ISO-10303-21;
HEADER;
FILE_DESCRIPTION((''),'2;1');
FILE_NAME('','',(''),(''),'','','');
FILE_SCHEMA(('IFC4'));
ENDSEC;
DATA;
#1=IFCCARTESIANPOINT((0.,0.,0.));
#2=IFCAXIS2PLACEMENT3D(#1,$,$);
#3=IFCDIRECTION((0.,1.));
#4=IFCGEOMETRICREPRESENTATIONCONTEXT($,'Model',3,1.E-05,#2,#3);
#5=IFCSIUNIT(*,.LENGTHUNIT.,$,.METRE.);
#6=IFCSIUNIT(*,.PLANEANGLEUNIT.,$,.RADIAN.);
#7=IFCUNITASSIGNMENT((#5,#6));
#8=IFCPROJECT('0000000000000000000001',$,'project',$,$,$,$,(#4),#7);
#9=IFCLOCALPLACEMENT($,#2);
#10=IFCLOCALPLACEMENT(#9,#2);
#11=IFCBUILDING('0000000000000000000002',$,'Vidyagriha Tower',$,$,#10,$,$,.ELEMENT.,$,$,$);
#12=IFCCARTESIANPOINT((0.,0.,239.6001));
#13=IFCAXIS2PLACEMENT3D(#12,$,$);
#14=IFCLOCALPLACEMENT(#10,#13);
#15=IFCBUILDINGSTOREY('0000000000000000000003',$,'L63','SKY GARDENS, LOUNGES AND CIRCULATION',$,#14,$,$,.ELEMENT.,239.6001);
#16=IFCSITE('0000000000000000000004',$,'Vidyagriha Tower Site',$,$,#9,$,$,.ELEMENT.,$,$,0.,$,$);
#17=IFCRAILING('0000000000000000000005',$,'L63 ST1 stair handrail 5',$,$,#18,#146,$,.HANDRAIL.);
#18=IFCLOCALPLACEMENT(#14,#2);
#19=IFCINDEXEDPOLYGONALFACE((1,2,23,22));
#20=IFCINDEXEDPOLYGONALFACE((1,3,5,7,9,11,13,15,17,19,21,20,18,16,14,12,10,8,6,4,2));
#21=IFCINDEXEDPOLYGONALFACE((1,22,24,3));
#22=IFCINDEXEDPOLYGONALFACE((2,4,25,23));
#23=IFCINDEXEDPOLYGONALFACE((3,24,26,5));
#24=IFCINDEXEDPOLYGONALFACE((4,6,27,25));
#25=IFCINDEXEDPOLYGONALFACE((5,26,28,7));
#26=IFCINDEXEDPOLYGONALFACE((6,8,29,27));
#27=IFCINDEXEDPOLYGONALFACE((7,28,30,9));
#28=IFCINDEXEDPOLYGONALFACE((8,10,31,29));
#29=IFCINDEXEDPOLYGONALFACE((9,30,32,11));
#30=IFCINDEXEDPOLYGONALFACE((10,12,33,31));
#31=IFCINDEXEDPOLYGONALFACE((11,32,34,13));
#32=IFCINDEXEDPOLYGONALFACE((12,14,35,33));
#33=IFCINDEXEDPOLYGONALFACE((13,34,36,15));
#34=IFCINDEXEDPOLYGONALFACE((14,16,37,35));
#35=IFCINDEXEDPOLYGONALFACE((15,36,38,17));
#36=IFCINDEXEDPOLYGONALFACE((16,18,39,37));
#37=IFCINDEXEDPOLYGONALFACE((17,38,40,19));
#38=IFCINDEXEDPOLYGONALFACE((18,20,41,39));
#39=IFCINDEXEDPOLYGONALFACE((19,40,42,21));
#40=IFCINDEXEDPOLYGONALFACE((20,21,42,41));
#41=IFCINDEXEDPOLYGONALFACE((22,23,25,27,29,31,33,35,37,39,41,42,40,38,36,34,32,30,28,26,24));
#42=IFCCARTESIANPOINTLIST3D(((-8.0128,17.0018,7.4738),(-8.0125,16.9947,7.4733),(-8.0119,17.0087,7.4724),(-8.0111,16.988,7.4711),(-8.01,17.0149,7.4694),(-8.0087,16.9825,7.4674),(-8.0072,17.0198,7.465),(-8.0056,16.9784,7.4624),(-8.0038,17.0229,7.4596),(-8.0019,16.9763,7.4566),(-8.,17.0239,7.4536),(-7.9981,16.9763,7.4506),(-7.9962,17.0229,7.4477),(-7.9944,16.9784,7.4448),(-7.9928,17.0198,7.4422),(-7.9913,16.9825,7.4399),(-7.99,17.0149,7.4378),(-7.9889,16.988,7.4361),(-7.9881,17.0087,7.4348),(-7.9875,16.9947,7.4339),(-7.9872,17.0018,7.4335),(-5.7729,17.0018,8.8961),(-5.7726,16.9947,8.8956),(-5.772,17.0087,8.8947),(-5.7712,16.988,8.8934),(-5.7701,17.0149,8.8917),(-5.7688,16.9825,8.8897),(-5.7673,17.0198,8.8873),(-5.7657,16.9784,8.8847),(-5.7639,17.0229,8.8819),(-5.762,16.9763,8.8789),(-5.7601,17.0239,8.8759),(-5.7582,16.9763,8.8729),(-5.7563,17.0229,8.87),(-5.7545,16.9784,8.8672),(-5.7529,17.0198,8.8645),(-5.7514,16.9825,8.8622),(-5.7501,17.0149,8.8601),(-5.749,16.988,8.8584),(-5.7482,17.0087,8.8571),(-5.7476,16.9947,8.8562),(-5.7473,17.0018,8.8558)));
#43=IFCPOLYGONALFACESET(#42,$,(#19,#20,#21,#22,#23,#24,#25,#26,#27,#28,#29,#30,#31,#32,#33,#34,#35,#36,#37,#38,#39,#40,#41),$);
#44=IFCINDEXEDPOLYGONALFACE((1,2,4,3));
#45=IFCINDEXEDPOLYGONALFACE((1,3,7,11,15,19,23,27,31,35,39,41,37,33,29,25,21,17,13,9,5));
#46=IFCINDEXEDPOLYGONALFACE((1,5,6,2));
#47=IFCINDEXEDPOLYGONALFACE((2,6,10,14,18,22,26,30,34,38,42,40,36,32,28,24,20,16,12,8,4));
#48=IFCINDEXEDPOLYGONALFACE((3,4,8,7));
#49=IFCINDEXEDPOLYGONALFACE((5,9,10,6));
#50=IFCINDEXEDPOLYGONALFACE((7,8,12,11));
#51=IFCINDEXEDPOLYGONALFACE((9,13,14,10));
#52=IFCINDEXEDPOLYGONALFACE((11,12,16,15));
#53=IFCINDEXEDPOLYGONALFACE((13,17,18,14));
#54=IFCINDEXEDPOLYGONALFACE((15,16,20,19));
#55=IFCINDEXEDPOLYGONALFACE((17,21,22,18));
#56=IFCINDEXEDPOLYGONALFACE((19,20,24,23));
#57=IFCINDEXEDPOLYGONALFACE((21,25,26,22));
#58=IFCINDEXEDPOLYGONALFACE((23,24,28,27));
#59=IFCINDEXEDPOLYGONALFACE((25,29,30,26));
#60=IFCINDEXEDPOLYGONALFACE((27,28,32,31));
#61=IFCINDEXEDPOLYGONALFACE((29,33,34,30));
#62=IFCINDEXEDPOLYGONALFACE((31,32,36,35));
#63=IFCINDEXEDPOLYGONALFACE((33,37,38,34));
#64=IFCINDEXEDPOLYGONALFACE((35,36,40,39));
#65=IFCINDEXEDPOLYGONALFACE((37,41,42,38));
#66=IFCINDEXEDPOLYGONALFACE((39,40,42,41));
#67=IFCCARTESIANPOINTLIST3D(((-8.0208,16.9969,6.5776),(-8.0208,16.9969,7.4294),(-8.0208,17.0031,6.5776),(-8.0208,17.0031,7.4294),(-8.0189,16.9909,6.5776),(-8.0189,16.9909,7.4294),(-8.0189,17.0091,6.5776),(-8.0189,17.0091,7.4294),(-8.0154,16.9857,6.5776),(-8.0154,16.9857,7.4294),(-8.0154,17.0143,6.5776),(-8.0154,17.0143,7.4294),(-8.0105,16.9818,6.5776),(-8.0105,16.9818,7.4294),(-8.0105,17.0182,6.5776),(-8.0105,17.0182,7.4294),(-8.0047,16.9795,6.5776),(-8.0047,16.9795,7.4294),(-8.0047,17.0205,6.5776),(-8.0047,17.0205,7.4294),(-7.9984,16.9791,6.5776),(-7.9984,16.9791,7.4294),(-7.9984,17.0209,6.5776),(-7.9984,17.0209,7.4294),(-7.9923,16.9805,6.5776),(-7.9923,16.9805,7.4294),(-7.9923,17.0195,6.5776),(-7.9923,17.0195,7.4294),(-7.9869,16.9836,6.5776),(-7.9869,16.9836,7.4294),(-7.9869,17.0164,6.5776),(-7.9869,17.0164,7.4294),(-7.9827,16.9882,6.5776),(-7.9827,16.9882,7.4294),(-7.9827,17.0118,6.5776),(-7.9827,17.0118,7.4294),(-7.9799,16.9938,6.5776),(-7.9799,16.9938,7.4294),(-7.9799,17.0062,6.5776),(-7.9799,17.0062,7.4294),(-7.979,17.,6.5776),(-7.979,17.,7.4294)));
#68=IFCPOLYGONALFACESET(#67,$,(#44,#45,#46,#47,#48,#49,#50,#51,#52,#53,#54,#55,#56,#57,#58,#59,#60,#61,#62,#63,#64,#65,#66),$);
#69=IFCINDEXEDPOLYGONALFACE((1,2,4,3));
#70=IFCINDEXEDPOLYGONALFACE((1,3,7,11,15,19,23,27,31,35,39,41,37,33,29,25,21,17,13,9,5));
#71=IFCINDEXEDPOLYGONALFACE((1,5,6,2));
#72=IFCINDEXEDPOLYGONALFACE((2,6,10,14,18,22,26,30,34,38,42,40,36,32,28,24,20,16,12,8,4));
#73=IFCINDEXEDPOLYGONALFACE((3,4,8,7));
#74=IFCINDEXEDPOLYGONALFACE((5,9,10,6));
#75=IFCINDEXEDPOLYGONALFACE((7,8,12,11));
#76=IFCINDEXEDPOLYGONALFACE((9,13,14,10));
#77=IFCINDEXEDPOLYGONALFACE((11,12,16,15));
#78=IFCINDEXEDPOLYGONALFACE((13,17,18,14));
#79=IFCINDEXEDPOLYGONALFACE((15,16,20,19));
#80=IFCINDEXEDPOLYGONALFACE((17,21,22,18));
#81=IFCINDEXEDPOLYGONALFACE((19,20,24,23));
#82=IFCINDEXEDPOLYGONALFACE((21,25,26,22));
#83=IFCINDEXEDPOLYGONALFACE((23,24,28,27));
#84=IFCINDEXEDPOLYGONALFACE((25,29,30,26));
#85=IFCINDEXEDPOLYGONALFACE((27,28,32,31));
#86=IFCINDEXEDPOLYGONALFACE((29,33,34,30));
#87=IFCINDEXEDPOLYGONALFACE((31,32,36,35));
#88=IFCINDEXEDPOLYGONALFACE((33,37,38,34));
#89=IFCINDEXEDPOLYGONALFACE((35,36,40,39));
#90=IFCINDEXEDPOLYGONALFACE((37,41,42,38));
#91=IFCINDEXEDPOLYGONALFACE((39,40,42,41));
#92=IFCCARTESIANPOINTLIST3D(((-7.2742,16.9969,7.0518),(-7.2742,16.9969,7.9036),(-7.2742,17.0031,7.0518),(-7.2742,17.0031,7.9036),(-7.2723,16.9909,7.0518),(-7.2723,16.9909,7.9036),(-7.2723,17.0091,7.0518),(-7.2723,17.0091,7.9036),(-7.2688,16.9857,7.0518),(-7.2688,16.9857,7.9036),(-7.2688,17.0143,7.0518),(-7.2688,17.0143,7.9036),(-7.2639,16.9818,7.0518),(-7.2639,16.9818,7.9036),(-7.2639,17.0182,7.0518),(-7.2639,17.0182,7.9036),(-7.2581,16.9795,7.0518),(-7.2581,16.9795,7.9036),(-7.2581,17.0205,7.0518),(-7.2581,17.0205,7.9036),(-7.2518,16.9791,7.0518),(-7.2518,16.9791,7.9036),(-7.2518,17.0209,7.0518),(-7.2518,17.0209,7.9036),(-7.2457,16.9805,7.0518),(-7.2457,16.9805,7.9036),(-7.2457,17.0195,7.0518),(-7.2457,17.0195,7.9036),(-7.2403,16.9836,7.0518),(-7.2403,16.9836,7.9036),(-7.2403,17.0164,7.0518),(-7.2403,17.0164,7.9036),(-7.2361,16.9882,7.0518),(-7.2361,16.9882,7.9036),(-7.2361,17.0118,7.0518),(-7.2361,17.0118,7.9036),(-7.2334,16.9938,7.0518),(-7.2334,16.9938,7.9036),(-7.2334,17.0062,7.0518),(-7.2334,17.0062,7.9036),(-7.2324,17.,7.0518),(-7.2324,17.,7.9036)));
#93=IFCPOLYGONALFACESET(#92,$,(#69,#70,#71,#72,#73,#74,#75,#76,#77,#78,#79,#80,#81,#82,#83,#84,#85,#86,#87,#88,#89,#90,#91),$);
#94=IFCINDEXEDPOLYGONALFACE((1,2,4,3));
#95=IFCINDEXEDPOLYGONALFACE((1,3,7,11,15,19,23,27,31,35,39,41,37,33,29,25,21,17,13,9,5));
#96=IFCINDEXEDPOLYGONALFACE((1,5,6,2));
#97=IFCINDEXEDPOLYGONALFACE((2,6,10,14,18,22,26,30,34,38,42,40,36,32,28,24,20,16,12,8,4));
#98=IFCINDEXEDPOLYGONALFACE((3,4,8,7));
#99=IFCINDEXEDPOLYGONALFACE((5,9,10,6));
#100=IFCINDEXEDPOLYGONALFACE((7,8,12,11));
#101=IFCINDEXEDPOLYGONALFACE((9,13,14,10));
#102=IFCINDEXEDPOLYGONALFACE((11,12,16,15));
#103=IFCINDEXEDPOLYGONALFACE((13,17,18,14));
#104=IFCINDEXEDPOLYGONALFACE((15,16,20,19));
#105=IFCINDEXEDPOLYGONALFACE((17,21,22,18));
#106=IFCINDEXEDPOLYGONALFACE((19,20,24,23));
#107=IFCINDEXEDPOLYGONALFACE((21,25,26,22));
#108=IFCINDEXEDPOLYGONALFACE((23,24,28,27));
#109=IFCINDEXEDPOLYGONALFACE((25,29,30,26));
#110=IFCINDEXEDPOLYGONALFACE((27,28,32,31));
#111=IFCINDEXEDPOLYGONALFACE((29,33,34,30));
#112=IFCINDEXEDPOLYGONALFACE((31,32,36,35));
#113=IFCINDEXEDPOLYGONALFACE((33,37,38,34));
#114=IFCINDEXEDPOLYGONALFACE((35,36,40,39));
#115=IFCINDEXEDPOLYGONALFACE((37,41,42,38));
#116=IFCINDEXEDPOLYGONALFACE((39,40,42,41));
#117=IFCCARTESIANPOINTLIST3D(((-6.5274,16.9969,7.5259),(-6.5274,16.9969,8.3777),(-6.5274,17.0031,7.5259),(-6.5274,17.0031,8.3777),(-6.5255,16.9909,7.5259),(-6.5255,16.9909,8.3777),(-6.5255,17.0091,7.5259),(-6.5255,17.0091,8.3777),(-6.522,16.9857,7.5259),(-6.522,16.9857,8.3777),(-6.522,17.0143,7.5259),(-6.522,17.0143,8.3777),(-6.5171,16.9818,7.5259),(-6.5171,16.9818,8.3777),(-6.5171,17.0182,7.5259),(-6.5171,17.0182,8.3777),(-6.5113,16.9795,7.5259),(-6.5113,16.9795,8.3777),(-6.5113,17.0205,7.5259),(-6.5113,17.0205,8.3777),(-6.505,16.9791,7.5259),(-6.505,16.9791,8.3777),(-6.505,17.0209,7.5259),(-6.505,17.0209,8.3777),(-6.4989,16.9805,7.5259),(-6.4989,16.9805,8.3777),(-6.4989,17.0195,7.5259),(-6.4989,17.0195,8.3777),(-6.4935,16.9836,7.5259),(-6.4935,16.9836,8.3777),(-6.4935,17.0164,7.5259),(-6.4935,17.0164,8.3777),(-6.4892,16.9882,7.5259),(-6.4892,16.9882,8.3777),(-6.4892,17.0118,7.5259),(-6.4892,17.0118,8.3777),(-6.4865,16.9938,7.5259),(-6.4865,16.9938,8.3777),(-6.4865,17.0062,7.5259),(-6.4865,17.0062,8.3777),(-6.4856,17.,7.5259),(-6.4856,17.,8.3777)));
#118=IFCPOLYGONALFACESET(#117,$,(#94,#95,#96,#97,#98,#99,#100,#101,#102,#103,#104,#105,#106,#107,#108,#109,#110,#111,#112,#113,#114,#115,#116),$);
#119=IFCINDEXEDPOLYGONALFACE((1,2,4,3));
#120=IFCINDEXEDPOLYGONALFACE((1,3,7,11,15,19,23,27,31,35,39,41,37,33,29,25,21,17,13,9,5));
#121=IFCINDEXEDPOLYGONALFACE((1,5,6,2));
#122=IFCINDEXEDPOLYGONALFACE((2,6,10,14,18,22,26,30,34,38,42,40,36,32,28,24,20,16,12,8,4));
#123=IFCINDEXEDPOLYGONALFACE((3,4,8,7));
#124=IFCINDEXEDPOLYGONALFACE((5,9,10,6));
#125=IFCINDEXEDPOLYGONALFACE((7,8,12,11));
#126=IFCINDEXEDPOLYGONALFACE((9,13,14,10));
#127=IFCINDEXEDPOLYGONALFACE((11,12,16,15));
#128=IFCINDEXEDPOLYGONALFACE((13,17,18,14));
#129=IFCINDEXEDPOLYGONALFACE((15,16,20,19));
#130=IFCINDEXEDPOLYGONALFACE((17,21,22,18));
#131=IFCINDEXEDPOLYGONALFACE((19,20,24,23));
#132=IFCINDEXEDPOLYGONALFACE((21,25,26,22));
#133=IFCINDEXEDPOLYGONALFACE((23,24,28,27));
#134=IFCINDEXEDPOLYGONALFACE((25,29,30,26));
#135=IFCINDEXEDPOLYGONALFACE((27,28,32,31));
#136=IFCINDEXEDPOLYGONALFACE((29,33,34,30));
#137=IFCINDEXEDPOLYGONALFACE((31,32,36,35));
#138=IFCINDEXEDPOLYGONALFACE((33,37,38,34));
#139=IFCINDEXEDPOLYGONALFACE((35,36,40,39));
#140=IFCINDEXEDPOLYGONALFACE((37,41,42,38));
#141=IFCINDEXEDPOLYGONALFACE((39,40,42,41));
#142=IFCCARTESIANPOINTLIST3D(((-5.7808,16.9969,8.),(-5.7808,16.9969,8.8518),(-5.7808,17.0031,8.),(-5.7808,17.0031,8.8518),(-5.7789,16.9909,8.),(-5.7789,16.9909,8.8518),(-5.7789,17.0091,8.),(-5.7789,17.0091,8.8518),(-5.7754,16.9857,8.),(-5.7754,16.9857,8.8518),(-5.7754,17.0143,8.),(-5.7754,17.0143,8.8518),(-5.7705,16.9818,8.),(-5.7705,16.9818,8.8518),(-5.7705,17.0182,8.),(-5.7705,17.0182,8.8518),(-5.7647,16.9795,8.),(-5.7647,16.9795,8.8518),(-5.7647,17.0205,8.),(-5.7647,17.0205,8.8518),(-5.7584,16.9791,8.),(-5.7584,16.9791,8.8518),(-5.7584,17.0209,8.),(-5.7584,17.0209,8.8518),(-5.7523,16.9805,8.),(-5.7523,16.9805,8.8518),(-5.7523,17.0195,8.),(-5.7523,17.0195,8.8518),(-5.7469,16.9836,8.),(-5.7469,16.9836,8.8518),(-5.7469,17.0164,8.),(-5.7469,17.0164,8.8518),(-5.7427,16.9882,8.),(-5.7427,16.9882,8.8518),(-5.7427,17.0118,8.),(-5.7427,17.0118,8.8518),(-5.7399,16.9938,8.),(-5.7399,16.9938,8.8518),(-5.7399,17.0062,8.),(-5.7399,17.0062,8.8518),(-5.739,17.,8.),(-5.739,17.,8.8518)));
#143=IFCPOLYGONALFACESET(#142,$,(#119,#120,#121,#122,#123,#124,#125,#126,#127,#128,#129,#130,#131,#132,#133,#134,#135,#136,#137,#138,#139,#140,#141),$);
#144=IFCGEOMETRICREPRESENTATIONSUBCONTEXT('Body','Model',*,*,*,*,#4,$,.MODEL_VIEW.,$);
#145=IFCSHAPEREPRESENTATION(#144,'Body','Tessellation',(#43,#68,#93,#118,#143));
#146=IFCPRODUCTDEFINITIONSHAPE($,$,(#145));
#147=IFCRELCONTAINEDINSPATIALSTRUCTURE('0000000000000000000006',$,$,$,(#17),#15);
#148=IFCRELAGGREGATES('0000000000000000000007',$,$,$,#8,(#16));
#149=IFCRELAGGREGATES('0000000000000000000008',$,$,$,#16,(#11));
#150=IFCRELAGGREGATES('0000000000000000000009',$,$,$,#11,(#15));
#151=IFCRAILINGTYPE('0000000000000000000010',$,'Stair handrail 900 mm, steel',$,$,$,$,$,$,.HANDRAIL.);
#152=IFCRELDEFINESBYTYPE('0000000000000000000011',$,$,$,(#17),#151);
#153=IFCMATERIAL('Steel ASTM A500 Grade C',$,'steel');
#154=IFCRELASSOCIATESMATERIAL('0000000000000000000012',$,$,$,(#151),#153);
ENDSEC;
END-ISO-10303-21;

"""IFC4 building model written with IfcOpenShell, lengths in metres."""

from ifc_helpers import new_model, si_unit, direction, frame, origin, origin_2d, place, context, subcontext, project, spatial, circle, extrude, material, type_object, element, save


model = new_model("IFC4")

# Units and contexts
model_context = context("Model", 3, precision=1e-05, world=origin(), true_north=direction((0.0, 1.0)))
body_context = subcontext(model_context, "Body", "Model", "MODEL_VIEW")
ifc_project = project(units=[si_unit("LENGTHUNIT", "METRE"), si_unit("PLANEANGLEUNIT", "RADIAN")], contexts=[model_context])

# Site, building, storey
site_placement = place(None, origin())
site = spatial("IfcSite", under=ifc_project, at=site_placement, Name="Vidyagriha Tower Site", CompositionType="ELEMENT", RefElevation=0.0)
building_placement = place(site_placement, origin())
building = spatial("IfcBuilding", under=site, at=building_placement, Name="Vidyagriha Tower", CompositionType="ELEMENT")
storey_placement = place(building_placement, frame((0.0, 0.0, 239.6001)))
storey = spatial("IfcBuildingStorey", under=building, at=storey_placement, Name="L63", Description="SKY GARDENS, LOUNGES AND CIRCULATION", CompositionType="ELEMENT", Elevation=239.6001)

# Railing
ifc_material_1 = material(Name="Steel ASTM A500 Grade C", Category="steel")
railing_type = type_object("IfcRailingType", Name="Stair handrail 900 mm, steel", PredefinedType="HANDRAIL", material=ifc_material_1)
railing_placement = place(storey_placement, frame((-8.0, 17.0, 6.5776)))
element("IfcRailing", 1, at=railing_placement, inside=storey, type_object=railing_type, Name="L63 ST1 stair handrail 5", PredefinedType="HANDRAIL", context=body_context, shape_type="SweptSolid", body=[
    extrude(circle(Radius=0.0239, at=origin_2d()), frame((0.0, 0.0, 0.876), z_axis=(0.844188, 0.0, 0.536048), x_axis=(0.0, 1.0, 0.0)), (0.0, 0.0, 1.0), 2.6533),
    extrude(circle(Radius=0.021, at=origin_2d()), origin(), (0.0, 0.0, 1.0), 0.8518),
    extrude(circle(Radius=0.021, at=origin_2d()), frame((0.7466, 0.0, 0.4741)), (0.0, 0.0, 1.0), 0.8518),
    extrude(circle(Radius=0.021, at=origin_2d()), frame((1.4934, 0.0, 0.9482)), (0.0, 0.0, 1.0), 0.8518),
    extrude(circle(Radius=0.021, at=origin_2d()), frame((2.24, 0.0, 1.4224)), (0.0, 0.0, 1.0), 0.8518),
])

save(model, "model.ifc")
